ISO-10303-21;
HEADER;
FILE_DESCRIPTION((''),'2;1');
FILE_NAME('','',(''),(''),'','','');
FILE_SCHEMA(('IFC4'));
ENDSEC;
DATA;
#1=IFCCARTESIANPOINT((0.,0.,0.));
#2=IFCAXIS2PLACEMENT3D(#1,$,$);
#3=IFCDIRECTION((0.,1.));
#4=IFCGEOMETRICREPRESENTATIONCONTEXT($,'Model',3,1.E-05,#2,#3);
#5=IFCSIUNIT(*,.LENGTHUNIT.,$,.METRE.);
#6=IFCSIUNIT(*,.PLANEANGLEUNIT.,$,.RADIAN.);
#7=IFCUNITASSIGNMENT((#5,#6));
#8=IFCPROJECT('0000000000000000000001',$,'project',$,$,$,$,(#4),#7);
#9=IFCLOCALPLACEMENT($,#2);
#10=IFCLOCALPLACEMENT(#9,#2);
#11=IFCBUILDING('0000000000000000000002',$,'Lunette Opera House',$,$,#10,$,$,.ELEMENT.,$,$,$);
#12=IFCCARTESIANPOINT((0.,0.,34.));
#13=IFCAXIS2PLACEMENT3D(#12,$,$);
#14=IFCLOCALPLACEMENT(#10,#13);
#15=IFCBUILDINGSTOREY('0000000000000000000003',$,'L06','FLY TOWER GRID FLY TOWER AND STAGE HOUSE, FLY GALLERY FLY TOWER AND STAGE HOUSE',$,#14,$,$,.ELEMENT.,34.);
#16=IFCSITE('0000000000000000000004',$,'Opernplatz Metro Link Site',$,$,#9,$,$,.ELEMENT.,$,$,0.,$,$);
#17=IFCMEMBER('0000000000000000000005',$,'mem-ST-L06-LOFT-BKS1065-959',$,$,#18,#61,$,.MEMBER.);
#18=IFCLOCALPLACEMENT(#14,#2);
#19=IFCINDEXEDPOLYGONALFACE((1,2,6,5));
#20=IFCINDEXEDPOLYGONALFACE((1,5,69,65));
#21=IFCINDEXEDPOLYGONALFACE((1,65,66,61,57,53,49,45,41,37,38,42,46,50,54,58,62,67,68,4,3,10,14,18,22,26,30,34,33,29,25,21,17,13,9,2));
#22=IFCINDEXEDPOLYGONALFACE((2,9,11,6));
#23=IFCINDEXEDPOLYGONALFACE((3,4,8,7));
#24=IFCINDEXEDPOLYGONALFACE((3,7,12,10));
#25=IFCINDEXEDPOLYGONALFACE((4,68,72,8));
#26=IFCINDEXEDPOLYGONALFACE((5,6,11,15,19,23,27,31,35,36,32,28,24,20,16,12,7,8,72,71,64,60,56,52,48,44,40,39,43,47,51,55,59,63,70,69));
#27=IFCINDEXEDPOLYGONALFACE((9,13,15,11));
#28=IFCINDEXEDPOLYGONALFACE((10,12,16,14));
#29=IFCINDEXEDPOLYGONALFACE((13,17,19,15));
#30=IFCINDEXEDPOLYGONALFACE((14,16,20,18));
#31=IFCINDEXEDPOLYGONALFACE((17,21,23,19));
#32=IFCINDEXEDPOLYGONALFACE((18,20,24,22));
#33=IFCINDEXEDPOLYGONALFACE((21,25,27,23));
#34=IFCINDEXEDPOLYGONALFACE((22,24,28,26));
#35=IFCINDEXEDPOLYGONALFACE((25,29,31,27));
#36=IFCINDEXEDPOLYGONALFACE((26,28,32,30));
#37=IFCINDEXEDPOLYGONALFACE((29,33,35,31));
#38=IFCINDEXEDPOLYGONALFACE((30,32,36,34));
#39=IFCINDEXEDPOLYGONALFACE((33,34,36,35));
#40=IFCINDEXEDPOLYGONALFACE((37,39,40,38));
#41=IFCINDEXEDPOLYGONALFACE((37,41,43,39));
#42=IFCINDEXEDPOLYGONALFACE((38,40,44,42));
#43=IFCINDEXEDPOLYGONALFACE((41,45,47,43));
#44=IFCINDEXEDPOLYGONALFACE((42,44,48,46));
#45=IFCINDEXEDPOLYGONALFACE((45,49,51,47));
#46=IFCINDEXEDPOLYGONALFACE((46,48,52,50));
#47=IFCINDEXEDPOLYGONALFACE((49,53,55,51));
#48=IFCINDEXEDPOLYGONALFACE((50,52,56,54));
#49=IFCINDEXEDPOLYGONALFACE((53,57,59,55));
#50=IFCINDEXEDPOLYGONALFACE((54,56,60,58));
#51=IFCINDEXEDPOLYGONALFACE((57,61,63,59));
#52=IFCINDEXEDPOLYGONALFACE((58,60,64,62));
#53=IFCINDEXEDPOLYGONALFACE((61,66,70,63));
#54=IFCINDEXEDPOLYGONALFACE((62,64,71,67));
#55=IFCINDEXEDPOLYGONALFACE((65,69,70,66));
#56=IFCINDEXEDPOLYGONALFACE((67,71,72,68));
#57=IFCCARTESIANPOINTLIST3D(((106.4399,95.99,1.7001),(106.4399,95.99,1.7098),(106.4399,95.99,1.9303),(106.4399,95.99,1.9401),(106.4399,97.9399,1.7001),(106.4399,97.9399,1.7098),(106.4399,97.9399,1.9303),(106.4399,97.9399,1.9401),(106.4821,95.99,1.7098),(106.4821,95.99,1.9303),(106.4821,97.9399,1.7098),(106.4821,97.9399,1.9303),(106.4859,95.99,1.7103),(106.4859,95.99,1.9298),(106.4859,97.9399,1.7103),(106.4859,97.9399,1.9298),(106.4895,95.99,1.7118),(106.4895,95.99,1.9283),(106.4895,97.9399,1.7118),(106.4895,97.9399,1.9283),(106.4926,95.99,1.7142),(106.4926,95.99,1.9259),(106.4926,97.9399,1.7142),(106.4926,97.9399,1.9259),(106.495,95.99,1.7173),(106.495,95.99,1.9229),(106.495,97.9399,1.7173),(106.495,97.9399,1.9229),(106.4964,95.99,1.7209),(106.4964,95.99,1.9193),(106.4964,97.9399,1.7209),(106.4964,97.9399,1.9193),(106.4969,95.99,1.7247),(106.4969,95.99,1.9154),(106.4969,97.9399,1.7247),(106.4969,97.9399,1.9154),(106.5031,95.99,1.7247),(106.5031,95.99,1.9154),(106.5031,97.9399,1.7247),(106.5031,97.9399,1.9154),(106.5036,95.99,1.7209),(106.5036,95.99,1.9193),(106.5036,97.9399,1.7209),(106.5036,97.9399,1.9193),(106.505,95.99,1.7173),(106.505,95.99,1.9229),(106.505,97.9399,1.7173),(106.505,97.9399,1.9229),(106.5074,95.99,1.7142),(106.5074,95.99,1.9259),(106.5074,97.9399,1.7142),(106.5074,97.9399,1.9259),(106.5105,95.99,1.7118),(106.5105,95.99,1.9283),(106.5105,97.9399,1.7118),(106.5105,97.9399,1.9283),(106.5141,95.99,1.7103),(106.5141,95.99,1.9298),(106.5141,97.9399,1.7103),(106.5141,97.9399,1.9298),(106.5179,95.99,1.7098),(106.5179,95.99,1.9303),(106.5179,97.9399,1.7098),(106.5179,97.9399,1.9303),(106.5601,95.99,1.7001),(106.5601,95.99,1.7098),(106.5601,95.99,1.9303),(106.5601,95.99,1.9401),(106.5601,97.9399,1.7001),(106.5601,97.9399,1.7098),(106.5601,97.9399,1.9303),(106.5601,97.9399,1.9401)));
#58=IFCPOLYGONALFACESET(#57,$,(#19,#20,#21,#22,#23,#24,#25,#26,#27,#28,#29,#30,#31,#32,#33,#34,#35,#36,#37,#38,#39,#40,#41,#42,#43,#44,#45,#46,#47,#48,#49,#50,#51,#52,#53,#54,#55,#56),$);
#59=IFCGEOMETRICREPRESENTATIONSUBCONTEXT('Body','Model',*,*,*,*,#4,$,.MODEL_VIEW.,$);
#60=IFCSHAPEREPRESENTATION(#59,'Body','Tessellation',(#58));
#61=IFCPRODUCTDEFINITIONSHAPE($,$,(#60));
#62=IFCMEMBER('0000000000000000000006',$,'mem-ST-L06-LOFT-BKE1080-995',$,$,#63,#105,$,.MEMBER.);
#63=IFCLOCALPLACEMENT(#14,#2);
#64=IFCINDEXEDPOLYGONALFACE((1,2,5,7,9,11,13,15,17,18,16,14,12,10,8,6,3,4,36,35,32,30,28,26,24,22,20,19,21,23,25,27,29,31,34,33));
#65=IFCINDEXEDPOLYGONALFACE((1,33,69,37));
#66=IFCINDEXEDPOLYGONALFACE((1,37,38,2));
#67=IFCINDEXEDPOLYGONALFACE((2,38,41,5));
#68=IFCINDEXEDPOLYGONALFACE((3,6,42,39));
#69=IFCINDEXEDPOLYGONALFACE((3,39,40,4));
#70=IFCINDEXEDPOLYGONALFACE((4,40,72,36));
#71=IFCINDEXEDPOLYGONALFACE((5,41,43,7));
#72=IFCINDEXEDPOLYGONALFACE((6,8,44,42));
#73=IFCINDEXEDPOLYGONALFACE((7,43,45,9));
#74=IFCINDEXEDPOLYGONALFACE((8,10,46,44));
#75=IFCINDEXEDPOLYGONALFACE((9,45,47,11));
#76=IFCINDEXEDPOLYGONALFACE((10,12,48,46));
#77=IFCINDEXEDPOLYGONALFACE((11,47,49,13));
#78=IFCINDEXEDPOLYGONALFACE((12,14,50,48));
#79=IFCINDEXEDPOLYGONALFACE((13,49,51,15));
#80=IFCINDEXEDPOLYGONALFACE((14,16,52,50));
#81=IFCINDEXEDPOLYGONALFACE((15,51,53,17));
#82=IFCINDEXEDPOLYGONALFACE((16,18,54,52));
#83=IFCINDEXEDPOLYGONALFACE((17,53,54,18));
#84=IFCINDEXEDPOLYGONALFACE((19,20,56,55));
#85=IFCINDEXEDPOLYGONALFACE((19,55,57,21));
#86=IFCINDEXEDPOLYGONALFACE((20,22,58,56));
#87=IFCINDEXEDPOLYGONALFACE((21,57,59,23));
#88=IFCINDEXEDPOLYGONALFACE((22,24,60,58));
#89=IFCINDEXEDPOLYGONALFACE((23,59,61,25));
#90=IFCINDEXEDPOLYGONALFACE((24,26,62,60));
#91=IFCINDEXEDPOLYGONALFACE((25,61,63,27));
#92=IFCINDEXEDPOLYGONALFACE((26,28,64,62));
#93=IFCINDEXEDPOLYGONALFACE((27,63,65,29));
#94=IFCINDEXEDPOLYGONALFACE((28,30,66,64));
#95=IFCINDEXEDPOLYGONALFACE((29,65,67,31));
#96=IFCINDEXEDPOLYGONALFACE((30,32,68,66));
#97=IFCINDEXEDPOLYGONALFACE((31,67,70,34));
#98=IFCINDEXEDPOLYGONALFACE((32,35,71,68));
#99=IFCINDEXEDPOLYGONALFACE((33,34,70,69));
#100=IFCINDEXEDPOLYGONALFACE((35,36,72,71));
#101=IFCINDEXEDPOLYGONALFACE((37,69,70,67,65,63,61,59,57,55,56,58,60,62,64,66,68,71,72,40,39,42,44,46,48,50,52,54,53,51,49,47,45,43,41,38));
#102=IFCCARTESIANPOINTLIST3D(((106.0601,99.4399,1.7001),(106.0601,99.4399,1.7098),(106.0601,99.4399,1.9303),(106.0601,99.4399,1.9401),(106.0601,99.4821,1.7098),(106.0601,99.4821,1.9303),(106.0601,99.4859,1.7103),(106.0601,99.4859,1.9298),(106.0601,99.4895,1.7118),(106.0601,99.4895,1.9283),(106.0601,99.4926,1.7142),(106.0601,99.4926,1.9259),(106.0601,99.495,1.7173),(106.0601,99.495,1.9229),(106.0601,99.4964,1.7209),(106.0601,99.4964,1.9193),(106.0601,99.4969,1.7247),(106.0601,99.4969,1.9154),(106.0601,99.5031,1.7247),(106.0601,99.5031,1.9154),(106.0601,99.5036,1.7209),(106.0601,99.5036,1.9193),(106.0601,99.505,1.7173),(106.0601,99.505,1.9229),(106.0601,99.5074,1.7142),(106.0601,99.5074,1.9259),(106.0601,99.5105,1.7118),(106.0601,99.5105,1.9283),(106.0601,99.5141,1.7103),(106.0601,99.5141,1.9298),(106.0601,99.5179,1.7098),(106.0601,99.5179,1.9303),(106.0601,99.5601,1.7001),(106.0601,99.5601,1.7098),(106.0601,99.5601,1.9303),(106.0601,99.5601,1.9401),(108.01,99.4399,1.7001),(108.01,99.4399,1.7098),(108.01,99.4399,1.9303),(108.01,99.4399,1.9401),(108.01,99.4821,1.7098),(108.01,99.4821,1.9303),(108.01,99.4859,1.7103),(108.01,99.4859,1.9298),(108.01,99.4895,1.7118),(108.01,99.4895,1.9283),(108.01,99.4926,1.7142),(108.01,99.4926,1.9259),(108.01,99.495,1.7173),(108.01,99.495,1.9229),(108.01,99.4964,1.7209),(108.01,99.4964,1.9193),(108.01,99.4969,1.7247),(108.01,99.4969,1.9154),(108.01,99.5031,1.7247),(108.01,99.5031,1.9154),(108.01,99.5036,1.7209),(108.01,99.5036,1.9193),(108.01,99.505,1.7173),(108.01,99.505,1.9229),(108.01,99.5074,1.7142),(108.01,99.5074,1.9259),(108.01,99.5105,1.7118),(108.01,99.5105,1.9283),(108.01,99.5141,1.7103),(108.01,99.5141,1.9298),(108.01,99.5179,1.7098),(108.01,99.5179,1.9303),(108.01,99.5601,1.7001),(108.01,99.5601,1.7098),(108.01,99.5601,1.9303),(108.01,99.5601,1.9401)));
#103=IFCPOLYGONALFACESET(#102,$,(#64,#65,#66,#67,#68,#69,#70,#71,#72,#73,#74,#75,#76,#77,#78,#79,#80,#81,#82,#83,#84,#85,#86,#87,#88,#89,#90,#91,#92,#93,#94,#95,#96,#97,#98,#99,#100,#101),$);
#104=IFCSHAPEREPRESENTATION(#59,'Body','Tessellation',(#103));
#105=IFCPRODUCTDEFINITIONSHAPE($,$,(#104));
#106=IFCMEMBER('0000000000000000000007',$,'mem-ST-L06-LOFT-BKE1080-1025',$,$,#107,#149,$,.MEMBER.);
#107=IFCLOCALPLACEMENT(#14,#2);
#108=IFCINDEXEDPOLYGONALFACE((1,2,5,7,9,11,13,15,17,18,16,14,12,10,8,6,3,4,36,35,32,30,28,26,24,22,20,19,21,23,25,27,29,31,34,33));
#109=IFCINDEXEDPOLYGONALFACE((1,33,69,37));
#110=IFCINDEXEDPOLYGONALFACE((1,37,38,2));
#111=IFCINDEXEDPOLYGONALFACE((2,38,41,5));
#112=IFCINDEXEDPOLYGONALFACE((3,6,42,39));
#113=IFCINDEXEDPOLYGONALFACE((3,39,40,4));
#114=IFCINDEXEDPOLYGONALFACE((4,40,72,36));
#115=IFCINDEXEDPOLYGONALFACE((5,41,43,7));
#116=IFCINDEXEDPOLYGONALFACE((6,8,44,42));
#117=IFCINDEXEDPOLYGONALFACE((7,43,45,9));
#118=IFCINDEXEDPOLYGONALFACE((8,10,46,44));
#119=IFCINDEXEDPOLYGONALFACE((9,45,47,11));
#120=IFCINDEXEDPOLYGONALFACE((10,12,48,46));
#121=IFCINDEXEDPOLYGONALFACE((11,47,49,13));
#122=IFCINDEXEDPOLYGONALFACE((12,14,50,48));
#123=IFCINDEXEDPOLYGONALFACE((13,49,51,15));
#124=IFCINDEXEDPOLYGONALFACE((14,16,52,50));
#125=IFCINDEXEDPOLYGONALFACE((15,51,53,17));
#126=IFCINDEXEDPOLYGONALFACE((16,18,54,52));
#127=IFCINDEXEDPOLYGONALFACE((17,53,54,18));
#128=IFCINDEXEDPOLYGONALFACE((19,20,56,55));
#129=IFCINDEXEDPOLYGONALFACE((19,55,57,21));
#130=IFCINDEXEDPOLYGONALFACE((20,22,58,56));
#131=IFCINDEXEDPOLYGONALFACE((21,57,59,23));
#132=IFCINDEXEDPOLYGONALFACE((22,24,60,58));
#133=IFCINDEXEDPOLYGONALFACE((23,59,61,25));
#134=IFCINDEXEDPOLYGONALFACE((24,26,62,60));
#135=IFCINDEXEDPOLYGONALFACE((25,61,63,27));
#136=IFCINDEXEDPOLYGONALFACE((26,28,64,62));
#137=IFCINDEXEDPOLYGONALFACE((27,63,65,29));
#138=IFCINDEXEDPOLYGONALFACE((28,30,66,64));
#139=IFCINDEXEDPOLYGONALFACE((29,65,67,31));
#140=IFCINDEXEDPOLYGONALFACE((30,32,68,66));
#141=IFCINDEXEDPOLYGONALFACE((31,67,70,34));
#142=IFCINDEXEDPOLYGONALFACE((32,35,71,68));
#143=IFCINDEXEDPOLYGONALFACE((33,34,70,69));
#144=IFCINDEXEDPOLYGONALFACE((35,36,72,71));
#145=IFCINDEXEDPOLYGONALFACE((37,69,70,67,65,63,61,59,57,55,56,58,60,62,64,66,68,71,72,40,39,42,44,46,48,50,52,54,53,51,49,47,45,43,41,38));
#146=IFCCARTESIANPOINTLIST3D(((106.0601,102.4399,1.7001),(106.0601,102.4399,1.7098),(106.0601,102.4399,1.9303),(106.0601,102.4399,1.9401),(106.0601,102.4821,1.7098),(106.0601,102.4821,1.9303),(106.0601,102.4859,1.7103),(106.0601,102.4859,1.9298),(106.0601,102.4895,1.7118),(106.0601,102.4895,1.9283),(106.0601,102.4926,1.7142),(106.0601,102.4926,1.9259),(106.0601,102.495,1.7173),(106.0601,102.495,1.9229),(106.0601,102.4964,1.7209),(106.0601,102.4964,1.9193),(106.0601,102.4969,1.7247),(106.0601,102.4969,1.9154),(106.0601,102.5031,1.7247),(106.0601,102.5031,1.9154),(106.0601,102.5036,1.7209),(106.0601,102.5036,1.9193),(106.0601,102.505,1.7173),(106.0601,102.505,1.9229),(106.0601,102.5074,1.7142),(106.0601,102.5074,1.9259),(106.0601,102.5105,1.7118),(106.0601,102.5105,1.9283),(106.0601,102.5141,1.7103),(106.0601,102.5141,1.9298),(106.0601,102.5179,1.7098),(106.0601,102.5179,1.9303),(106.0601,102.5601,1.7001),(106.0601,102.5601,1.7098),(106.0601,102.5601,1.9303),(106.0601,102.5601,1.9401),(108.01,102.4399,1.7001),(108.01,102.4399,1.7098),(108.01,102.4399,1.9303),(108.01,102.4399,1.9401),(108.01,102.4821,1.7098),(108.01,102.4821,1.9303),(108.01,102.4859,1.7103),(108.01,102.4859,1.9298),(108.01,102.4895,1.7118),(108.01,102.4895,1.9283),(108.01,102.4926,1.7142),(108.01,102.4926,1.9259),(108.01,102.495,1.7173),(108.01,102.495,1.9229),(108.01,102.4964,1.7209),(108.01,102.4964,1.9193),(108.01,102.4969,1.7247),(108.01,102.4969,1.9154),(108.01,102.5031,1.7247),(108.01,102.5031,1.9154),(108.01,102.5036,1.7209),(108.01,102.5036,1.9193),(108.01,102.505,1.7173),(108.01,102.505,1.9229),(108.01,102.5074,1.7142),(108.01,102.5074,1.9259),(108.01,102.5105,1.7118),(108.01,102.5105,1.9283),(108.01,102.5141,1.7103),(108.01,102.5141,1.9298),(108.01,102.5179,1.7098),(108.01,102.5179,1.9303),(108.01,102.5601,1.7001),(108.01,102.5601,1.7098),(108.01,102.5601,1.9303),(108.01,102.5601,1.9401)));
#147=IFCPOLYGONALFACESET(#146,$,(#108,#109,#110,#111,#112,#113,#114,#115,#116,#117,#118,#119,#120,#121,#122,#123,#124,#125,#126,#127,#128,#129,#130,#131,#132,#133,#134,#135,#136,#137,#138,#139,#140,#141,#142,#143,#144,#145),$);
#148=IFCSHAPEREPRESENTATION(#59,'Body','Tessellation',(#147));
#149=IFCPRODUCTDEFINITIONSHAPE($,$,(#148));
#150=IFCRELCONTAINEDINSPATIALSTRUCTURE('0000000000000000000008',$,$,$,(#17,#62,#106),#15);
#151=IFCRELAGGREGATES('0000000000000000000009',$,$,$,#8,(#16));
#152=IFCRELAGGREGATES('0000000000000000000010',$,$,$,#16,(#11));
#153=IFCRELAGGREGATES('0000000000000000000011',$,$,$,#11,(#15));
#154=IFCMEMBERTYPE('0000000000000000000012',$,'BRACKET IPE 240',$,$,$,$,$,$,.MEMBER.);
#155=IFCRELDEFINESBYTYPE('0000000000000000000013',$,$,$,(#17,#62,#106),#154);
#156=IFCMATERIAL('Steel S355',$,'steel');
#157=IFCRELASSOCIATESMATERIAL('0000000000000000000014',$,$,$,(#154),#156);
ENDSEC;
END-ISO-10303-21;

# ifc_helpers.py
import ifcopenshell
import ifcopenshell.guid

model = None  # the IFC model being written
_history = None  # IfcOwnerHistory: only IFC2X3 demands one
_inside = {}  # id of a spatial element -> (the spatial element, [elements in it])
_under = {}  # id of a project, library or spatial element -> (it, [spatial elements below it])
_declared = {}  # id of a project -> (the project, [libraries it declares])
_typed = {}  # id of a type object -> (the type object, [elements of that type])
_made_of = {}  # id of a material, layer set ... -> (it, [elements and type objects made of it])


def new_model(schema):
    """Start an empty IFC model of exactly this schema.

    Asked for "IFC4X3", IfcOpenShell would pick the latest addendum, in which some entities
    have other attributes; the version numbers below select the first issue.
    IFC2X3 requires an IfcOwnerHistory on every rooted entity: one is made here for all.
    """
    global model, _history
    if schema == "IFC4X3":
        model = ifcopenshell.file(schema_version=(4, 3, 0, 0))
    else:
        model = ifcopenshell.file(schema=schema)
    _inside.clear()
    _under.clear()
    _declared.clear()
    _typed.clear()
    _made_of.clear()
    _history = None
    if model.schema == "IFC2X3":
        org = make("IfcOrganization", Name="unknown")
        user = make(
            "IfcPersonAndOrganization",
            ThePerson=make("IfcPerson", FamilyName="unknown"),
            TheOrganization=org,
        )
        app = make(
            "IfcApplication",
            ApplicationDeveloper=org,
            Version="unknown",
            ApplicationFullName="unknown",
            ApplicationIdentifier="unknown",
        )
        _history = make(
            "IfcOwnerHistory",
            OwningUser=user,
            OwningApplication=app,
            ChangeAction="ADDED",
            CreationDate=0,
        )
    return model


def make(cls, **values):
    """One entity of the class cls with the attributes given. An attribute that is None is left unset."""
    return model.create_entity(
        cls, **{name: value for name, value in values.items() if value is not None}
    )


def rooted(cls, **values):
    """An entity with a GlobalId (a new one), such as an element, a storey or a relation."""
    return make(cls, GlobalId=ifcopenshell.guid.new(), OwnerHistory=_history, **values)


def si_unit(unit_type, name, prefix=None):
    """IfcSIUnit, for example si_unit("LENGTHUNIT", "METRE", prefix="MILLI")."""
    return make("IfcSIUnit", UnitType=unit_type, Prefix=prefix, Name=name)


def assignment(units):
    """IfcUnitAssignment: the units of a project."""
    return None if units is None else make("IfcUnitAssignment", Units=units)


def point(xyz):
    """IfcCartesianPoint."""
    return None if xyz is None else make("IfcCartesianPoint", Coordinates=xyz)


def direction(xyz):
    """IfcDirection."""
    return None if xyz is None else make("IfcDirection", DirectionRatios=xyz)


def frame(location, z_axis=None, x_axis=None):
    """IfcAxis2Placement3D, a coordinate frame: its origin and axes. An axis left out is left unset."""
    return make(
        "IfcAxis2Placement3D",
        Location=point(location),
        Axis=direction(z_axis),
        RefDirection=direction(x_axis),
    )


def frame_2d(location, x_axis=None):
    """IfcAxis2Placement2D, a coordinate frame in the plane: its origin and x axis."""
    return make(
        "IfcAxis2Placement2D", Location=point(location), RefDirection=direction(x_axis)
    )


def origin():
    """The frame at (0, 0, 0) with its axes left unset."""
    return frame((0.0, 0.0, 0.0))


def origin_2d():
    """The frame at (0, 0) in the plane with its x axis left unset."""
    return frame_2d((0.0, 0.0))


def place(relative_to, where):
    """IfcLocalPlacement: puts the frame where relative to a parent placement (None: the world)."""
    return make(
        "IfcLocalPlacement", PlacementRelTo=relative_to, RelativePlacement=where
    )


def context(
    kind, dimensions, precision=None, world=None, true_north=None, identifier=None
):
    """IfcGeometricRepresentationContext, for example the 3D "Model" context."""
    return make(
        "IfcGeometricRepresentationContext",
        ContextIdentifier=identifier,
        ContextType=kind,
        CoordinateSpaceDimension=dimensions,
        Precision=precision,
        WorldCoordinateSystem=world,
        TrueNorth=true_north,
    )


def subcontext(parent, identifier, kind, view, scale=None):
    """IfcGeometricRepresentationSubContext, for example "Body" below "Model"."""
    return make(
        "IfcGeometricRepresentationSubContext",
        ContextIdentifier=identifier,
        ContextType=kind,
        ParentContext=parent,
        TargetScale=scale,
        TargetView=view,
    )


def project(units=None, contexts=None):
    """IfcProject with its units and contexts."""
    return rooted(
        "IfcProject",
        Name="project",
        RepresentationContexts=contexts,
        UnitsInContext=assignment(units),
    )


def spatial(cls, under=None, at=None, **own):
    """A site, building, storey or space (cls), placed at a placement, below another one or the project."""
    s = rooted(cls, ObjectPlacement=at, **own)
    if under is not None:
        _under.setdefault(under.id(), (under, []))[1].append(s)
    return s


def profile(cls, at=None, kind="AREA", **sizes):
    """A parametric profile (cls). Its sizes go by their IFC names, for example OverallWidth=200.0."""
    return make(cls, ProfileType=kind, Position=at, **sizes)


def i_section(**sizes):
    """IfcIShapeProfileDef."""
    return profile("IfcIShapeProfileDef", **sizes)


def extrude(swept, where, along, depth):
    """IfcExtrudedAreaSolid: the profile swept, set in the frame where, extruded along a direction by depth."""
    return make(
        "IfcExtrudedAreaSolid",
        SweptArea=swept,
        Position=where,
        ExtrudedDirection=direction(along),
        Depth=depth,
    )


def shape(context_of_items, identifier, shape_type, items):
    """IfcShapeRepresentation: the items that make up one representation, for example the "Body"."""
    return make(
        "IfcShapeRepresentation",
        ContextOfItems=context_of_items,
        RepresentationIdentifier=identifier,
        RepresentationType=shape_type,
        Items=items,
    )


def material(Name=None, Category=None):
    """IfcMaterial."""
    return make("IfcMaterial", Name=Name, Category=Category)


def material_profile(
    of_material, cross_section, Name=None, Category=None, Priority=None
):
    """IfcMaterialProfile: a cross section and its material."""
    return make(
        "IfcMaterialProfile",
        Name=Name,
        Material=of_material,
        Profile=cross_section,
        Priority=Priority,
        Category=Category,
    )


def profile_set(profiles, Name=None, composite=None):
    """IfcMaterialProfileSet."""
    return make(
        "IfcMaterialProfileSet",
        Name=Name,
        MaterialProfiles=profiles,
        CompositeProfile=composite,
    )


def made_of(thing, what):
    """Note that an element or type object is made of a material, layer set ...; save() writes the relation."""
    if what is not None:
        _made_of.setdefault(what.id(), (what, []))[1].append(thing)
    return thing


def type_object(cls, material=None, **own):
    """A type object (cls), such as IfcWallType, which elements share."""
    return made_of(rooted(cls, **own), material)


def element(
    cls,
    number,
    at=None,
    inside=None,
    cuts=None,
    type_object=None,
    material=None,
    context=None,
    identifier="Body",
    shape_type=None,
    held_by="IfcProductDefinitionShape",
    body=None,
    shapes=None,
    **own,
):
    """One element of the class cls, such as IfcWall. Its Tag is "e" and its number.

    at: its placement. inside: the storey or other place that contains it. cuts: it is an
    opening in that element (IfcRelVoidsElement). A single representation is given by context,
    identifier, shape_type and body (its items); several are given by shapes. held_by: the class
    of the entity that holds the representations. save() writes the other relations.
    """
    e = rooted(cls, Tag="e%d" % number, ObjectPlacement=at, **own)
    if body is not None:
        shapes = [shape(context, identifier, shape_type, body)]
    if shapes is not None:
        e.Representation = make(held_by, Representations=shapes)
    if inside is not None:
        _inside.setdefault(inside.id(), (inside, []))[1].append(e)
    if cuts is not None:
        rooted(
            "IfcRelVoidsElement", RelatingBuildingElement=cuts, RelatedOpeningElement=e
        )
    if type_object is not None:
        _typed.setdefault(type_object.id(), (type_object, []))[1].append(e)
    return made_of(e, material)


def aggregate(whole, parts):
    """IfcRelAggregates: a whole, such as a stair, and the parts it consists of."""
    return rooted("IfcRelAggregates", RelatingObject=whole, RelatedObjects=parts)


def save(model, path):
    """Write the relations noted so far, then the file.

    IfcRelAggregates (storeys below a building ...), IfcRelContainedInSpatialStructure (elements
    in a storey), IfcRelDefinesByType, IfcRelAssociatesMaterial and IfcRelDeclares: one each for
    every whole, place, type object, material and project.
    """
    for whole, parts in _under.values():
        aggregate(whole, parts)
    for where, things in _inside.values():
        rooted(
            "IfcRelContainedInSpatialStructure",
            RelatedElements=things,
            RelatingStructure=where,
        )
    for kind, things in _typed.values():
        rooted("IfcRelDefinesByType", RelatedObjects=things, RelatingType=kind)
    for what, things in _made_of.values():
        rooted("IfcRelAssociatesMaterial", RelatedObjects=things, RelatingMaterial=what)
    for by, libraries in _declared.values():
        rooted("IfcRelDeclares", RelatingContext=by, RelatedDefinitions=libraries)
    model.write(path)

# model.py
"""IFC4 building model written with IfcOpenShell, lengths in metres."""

from ifc_helpers import new_model, si_unit, direction, frame, origin, origin_2d, place, context, subcontext, project, spatial, i_section, extrude, material, material_profile, profile_set, type_object, element, save


model = new_model("IFC4")

# Units and contexts
model_context = context("Model", 3, precision=1e-05, world=origin(), true_north=direction((0.0, 1.0)))
body_context = subcontext(model_context, "Body", "Model", "MODEL_VIEW")
ifc_project = project(units=[si_unit("LENGTHUNIT", "METRE"), si_unit("PLANEANGLEUNIT", "RADIAN")], contexts=[model_context])

# Site, building, storey
site_placement = place(None, origin())
site = spatial("IfcSite", under=ifc_project, at=site_placement, Name="Opernplatz Metro Link Site", CompositionType="ELEMENT", RefElevation=0.0)
building_placement = place(site_placement, origin())
building = spatial("IfcBuilding", under=site, at=building_placement, Name="Lunette Opera House", CompositionType="ELEMENT")
storey_placement = place(building_placement, frame((0.0, 0.0, 34.0)))
storey = spatial("IfcBuildingStorey", under=building, at=storey_placement, Name="L06", Description="FLY TOWER GRID FLY TOWER AND STAGE HOUSE, FLY GALLERY FLY TOWER AND STAGE HOUSE", CompositionType="ELEMENT", Elevation=34.0)

# Members
ifc_material_1 = material(Name="Steel S355", Category="steel")
ifc_material_profile_1 = material_profile(ifc_material_1, i_section(OverallWidth=0.1201, OverallDepth=0.24, WebThickness=0.0061, FlangeThickness=0.0098, FilletRadius=0.0149, at=origin_2d()), Name="IPE 240")
ifc_profile_set_1 = profile_set([ifc_material_profile_1], Name="Steel S355")
member_type_1 = type_object("IfcMemberType", Name="BRACKET IPE 240", PredefinedType="MEMBER", material=ifc_profile_set_1)
for number, where, z_axis, x_axis, name in (
    (1, (106.5, 95.99, 1.8201), (0.0, 1.0, 0.0), (-1.0, 0.0, 0.0), "mem-ST-L06-LOFT-BKS1065-959"),
    (2, (108.01, 99.5, 1.8201), (-1.0, 0.0, 0.0), (0.0, -1.0, 0.0), "mem-ST-L06-LOFT-BKE1080-995"),
    (3, (108.01, 102.5, 1.8201), (-1.0, 0.0, 0.0), (0.0, -1.0, 0.0), "mem-ST-L06-LOFT-BKE1080-1025"),
):
    element("IfcMember", number, at=place(storey_placement, frame(where, z_axis=z_axis, x_axis=x_axis)), inside=storey, type_object=member_type_1, Name=name, PredefinedType="MEMBER", context=body_context, shape_type="SweptSolid", body=[
        extrude(i_section(OverallWidth=0.1201, OverallDepth=0.24, WebThickness=0.0061, FlangeThickness=0.0098, FilletRadius=0.0149, at=origin_2d()), origin(), (0.0, 0.0, 1.0), 1.95),
    ])

save(model, "model.ifc")
